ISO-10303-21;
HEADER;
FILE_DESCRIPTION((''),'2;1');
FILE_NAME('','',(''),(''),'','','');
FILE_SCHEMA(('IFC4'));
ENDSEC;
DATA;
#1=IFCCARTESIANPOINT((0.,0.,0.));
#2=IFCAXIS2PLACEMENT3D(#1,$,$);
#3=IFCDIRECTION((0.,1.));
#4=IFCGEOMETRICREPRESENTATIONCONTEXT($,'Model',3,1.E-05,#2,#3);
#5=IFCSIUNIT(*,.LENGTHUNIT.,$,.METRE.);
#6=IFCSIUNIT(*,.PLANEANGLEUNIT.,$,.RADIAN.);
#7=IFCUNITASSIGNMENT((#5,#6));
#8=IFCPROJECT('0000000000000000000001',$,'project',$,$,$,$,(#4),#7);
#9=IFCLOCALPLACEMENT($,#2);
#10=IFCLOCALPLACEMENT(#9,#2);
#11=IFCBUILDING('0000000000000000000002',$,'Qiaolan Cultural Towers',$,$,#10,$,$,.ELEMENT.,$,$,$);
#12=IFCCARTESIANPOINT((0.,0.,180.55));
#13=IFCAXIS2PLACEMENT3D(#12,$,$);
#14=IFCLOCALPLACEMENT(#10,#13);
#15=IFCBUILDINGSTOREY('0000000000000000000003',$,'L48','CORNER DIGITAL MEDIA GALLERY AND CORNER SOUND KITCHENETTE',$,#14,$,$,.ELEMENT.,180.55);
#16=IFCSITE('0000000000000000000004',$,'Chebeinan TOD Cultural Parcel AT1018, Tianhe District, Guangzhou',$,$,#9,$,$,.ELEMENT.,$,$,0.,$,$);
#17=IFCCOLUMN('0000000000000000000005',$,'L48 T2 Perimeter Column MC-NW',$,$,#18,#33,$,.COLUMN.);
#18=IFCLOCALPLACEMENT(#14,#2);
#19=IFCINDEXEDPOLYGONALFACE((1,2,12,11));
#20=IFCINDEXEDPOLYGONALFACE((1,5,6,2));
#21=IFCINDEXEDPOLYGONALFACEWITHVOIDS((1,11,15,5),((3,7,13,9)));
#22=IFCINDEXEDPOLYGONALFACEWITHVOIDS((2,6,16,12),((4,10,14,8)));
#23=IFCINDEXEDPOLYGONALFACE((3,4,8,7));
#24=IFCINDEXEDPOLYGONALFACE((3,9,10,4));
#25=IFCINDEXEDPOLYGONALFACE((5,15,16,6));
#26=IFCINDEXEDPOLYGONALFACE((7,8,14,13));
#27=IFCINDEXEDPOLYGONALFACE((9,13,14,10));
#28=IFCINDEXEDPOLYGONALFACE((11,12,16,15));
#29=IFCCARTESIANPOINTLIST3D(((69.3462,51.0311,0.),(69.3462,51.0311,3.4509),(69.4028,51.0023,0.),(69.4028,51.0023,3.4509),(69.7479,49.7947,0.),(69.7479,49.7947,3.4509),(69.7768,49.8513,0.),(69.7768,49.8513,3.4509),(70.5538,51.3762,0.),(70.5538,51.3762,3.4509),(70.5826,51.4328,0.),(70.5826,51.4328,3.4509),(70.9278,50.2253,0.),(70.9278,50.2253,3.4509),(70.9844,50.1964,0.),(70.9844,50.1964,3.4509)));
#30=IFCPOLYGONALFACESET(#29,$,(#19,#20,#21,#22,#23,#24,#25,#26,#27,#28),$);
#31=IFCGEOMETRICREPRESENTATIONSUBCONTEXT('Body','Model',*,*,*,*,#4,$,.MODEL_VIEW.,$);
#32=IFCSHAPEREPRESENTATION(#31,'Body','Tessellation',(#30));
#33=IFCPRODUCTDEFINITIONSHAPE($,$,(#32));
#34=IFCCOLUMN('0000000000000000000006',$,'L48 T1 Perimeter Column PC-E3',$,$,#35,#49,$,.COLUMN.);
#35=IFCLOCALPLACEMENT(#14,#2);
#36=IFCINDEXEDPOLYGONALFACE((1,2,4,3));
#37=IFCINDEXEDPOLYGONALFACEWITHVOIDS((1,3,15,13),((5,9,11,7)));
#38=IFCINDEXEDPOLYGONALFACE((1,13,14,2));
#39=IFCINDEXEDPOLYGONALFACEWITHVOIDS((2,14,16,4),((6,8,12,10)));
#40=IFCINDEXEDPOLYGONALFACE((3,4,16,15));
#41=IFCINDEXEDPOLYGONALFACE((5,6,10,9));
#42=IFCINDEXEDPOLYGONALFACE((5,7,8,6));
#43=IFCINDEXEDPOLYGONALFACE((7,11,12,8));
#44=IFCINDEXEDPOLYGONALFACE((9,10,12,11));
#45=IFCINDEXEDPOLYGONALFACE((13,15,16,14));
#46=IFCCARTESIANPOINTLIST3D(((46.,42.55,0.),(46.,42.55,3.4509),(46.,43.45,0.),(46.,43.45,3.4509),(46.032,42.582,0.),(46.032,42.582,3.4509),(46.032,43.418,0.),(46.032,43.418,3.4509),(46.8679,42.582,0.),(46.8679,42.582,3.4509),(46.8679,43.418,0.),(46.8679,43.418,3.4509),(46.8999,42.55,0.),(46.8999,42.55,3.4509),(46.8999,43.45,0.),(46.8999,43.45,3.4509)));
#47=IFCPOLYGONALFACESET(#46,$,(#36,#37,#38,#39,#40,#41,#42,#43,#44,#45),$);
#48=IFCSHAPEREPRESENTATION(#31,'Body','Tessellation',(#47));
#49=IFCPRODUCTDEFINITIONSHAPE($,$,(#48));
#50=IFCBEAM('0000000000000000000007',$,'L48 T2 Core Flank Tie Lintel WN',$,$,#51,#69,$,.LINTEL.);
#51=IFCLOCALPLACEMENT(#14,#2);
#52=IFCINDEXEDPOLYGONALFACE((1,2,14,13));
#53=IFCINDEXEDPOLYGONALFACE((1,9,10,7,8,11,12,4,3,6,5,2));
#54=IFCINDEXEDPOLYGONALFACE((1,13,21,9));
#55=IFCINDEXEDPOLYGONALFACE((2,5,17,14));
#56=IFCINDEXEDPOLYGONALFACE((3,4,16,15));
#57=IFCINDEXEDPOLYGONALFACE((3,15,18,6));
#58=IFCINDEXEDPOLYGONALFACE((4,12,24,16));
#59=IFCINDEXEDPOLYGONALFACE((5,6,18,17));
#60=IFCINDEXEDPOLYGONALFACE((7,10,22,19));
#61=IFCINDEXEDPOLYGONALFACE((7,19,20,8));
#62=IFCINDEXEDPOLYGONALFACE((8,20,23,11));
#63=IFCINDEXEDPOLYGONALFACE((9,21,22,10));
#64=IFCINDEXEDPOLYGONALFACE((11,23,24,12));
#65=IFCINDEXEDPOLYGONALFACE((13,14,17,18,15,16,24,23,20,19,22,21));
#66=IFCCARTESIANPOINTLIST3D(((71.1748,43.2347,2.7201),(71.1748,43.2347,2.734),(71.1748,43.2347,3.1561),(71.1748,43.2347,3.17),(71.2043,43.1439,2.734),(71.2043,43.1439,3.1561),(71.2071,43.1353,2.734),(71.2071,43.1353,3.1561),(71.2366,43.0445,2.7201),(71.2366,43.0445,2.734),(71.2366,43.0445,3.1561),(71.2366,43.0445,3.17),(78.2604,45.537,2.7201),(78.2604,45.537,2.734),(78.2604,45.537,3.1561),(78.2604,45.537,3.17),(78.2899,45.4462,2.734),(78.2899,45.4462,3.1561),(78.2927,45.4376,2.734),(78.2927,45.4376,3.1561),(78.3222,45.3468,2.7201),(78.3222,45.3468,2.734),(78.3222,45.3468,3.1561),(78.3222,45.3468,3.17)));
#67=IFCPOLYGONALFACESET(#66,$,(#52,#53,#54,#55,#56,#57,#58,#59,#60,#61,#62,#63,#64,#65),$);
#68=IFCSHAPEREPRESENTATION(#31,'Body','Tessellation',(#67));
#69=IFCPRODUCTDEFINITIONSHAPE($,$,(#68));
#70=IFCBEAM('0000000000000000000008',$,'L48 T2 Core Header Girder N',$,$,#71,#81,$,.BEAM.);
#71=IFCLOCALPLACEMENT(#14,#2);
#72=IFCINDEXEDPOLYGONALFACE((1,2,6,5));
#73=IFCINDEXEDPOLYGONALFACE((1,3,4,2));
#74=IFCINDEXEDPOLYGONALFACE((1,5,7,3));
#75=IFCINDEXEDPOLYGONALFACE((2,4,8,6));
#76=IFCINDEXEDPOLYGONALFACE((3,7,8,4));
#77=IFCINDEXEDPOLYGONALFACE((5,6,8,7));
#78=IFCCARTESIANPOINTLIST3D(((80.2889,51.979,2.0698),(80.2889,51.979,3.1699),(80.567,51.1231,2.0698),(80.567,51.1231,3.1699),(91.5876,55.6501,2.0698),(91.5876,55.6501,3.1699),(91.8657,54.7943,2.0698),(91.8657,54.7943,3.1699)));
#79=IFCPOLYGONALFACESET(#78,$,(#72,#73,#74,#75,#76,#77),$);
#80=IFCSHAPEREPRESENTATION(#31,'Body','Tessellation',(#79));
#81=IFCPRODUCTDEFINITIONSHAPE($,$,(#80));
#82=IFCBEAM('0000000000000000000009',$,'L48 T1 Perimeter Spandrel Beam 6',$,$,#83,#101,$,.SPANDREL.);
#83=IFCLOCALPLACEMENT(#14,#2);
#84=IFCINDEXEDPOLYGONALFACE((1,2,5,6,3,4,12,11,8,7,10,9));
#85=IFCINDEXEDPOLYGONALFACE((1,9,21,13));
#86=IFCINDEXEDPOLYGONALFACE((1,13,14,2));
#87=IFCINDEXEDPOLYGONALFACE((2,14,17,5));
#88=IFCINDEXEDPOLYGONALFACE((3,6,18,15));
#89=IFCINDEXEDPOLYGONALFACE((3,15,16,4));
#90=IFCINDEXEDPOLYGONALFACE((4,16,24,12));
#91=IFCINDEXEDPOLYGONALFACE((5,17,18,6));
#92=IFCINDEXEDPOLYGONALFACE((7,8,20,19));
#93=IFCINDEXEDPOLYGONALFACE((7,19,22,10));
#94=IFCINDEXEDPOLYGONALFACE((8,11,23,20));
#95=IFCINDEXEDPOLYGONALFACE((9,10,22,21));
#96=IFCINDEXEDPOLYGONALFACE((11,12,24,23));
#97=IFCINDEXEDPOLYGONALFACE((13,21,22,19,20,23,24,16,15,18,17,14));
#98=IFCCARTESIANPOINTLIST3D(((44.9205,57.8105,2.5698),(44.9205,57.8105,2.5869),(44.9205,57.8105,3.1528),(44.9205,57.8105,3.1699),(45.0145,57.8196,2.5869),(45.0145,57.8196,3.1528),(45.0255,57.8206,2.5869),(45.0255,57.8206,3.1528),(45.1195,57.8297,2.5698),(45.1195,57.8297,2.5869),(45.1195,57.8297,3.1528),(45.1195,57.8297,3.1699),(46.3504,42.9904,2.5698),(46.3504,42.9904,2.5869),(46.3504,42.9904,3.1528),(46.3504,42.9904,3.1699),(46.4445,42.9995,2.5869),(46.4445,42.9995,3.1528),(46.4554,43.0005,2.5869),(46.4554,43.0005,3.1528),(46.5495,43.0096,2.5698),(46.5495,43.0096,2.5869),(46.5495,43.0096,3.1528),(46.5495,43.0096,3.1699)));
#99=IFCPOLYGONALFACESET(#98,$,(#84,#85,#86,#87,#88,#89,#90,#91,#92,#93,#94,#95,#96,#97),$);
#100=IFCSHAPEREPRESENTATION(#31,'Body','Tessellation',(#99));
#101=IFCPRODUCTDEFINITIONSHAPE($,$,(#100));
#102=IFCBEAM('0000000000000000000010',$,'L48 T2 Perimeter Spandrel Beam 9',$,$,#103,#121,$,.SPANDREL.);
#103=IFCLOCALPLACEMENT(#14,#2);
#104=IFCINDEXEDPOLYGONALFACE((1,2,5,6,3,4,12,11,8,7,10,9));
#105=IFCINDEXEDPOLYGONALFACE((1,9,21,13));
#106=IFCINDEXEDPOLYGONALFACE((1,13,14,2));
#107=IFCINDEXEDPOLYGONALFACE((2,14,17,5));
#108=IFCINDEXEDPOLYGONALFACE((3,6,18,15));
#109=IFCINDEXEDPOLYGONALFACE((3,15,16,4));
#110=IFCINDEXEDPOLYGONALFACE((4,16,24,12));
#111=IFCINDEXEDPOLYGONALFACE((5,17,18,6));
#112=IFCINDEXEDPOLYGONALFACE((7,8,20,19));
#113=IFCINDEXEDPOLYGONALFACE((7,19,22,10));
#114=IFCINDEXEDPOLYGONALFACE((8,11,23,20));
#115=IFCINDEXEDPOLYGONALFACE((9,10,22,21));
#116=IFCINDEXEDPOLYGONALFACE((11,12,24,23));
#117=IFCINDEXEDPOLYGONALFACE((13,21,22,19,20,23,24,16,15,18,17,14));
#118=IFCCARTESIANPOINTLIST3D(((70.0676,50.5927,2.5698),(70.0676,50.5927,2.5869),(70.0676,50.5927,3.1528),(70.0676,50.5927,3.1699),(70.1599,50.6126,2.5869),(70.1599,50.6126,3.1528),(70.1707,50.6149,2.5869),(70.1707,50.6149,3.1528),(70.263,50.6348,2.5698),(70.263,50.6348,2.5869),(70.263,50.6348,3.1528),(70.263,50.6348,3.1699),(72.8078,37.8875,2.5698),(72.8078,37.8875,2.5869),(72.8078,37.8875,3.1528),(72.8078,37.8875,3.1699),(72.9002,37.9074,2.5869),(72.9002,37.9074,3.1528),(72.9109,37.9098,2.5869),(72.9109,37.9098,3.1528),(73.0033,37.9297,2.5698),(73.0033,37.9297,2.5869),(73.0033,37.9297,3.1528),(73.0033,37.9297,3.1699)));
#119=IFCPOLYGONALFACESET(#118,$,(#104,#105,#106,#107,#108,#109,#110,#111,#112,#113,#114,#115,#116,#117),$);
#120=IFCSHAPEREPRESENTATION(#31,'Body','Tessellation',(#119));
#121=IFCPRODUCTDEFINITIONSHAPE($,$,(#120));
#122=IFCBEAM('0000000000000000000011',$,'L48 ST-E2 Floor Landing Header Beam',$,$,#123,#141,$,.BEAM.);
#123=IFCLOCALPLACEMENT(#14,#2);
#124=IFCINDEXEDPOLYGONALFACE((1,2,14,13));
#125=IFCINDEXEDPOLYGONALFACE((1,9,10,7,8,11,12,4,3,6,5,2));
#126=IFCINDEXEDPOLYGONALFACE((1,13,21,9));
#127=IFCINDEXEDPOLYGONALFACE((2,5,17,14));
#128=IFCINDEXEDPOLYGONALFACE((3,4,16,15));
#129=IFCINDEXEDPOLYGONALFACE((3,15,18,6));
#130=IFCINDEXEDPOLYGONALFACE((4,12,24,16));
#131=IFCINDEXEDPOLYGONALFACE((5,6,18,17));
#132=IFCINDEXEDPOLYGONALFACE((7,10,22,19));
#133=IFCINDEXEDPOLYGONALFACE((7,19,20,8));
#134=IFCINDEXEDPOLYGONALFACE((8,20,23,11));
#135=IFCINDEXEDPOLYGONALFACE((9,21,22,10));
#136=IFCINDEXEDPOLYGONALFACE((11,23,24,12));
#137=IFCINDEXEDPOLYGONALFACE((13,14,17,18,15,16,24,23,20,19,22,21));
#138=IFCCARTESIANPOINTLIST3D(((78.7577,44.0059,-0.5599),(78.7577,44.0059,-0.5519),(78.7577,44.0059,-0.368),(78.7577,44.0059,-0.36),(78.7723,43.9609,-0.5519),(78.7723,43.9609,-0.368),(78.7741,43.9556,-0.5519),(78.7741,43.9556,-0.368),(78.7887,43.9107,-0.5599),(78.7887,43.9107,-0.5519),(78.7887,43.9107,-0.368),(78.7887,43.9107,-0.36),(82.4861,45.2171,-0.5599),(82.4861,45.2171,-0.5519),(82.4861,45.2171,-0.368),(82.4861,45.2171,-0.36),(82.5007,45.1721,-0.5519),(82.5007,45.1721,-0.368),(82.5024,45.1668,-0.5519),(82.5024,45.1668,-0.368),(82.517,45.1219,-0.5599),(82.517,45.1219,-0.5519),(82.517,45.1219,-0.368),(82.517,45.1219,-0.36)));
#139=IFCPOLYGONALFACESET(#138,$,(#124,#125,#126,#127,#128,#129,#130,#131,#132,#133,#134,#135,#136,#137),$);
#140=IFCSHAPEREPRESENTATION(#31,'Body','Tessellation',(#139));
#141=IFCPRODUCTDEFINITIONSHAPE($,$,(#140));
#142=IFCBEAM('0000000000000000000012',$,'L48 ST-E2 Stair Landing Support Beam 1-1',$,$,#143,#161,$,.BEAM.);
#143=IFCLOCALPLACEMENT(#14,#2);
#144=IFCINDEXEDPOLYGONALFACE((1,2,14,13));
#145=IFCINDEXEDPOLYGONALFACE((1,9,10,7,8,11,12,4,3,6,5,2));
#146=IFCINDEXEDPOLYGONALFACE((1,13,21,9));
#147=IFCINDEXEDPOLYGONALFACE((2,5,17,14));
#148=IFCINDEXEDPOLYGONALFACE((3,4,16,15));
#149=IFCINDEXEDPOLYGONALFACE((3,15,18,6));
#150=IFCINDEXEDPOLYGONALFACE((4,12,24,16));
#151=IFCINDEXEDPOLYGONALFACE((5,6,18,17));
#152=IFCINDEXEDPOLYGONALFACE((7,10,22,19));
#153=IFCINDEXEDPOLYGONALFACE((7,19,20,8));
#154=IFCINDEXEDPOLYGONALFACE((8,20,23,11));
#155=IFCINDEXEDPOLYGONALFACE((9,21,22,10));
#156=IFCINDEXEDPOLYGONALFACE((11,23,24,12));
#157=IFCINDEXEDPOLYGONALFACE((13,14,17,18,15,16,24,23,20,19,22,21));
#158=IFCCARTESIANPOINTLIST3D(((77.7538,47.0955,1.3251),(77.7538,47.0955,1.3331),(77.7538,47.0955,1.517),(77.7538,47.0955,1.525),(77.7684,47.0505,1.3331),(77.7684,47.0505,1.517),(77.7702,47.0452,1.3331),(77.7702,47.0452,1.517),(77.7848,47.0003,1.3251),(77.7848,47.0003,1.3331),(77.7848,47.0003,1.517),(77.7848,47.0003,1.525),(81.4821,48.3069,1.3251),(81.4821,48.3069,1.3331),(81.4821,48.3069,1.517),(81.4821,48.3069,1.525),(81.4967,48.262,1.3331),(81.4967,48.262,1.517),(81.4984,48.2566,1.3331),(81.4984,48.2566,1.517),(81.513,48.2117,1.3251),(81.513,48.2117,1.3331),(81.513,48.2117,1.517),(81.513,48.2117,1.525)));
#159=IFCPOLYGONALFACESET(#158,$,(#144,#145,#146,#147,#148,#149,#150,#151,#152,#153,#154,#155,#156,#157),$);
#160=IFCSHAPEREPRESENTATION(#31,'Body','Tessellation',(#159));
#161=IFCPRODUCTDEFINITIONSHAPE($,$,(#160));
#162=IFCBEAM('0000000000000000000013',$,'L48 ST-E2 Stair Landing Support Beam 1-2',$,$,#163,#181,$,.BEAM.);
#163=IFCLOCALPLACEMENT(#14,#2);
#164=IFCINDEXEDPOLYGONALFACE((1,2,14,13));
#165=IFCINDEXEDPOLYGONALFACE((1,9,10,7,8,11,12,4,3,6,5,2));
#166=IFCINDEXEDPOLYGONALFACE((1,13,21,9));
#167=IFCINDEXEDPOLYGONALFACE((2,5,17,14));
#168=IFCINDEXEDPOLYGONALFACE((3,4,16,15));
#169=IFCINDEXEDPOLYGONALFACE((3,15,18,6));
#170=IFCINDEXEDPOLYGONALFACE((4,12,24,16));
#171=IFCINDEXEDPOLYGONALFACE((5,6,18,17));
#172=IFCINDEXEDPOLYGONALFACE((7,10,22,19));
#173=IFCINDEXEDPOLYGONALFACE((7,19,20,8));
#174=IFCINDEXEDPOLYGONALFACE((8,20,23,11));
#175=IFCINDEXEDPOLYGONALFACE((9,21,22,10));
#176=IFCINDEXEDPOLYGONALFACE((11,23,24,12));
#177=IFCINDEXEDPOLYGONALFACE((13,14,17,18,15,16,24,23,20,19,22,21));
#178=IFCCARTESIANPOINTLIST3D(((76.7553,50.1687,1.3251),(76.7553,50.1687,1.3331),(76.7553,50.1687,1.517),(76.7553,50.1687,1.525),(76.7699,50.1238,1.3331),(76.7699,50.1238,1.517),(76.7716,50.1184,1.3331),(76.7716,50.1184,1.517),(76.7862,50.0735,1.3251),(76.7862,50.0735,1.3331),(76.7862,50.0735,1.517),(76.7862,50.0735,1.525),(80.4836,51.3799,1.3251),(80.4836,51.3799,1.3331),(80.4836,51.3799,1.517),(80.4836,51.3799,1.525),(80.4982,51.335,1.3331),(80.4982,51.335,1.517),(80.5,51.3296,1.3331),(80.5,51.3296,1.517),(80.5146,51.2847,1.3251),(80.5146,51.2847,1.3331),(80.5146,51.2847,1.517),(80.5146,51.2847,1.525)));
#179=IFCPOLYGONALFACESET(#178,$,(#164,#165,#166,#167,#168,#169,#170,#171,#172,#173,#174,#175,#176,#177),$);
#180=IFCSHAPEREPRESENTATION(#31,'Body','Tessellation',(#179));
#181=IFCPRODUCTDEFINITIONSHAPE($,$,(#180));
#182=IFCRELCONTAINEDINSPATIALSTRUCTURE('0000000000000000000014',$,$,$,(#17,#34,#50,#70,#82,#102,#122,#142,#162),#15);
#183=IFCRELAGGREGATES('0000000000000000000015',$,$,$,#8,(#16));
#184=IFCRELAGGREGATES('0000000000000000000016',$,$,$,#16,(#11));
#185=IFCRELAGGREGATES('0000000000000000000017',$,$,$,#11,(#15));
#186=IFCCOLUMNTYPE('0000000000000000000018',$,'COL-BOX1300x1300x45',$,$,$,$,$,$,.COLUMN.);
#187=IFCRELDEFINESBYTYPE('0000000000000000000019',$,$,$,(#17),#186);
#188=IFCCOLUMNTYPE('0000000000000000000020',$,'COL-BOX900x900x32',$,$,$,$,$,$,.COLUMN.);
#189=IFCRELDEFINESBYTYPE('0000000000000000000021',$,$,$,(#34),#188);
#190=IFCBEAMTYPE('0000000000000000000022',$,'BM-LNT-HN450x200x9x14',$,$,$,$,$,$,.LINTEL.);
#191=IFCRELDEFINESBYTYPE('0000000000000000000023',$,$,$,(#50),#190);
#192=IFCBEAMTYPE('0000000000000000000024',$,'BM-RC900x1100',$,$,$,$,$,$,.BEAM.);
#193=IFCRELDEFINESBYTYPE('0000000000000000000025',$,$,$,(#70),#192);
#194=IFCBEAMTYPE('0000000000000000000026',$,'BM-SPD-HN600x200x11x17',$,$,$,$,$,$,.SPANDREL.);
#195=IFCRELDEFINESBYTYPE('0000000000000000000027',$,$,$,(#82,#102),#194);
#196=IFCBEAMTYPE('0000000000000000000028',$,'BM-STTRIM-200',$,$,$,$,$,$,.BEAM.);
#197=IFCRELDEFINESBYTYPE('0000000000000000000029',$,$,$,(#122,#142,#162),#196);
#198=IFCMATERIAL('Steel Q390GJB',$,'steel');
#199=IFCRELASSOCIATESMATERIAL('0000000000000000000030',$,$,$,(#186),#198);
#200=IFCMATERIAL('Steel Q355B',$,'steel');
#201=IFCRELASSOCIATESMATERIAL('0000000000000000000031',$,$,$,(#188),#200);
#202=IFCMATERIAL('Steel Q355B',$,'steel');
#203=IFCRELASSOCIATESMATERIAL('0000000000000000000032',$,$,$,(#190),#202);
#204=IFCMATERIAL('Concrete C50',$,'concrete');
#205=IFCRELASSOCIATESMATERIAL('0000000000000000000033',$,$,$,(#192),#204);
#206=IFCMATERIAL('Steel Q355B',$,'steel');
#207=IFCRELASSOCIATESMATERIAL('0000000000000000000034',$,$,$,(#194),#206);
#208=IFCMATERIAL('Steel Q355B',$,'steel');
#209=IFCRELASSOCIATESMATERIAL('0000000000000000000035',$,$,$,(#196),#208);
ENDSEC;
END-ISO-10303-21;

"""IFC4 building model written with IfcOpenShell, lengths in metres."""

from ifc_helpers import new_model, si_unit, direction, frame, origin, origin_2d, place, context, subcontext, project, spatial, rectangle, hollow_rectangle, i_section, extrude, material, material_profile, profile_set, type_object, element, save


model = new_model("IFC4")

# Units and contexts
model_context = context("Model", 3, precision=1e-05, world=origin(), true_north=direction((0.0, 1.0)))
body_context = subcontext(model_context, "Body", "Model", "MODEL_VIEW")
ifc_project = project(units=[si_unit("LENGTHUNIT", "METRE"), si_unit("PLANEANGLEUNIT", "RADIAN")], contexts=[model_context])

# Site, building, storey
site_placement = place(None, origin())
site = spatial("IfcSite", under=ifc_project, at=site_placement, Name="Chebeinan TOD Cultural Parcel AT1018, Tianhe District, Guangzhou", CompositionType="ELEMENT", RefElevation=0.0)
building_placement = place(site_placement, origin())
building = spatial("IfcBuilding", under=site, at=building_placement, Name="Qiaolan Cultural Towers", CompositionType="ELEMENT")
storey_placement = place(building_placement, frame((0.0, 0.0, 180.55)))
storey = spatial("IfcBuildingStorey", under=building, at=storey_placement, Name="L48", Description="CORNER DIGITAL MEDIA GALLERY AND CORNER SOUND KITCHENETTE", CompositionType="ELEMENT", Elevation=180.55)

# Columns
ifc_material_1 = material(Name="Steel Q390GJB", Category="steel")
ifc_material_profile_1 = material_profile(ifc_material_1, hollow_rectangle(XDim=1.3, YDim=1.3, WallThickness=0.0449, at=origin_2d()), Name="BOX1300x1300x45")
ifc_profile_set_1 = profile_set([ifc_material_profile_1], Name="Steel Q390GJB")
column_type_1 = type_object("IfcColumnType", Name="COL-BOX1300x1300x45", PredefinedType="COLUMN", material=ifc_profile_set_1)
column_1_placement = place(storey_placement, frame((70.1653, 50.6138, 0.0), z_axis=(0.0, 0.0, 1.0), x_axis=(0.951057, 0.309017, 0.0)))
element("IfcColumn", 1, at=column_1_placement, inside=storey, type_object=column_type_1, Name="L48 T2 Perimeter Column MC-NW", PredefinedType="COLUMN", context=body_context, shape_type="SweptSolid", body=[
    extrude(hollow_rectangle(XDim=1.3, YDim=1.3, WallThickness=0.0449, at=origin_2d()), origin(), (0.0, 0.0, 1.0), 3.4509),
])
ifc_material_2 = material(Name="Steel Q355B", Category="steel")
ifc_material_profile_2 = material_profile(ifc_material_2, hollow_rectangle(XDim=0.8999, YDim=0.8999, WallThickness=0.032, at=origin_2d()), Name="BOX900x900x32")
ifc_profile_set_2 = profile_set([ifc_material_profile_2], Name="Steel Q355B")
column_type_2 = type_object("IfcColumnType", Name="COL-BOX900x900x32", PredefinedType="COLUMN", material=ifc_profile_set_2)
column_2_placement = place(storey_placement, frame((46.45, 43.0, 0.0), z_axis=(0.0, 0.0, 1.0), x_axis=(1.0, 0.0, 0.0)))
element("IfcColumn", 2, at=column_2_placement, inside=storey, type_object=column_type_2, Name="L48 T1 Perimeter Column PC-E3", PredefinedType="COLUMN", context=body_context, shape_type="SweptSolid", body=[
    extrude(hollow_rectangle(XDim=0.8999, YDim=0.8999, WallThickness=0.032, at=origin_2d()), origin(), (0.0, 0.0, 1.0), 3.4509),
])

# Beams
ifc_material_3 = material(Name="Steel Q355B", Category="steel")
ifc_material_profile_3 = material_profile(ifc_material_3, i_section(OverallWidth=0.2, OverallDepth=0.45, WebThickness=0.009, FlangeThickness=0.0139, at=origin_2d()), Name="HN450x200x9x14")
ifc_profile_set_3 = profile_set([ifc_material_profile_3], Name="Steel Q355B")
beam_type_1 = type_object("IfcBeamType", Name="BM-LNT-HN450x200x9x14", PredefinedType="LINTEL", material=ifc_profile_set_3)
beam_1_placement = place(storey_placement, frame((78.2913, 45.4419, 2.9451), z_axis=(-0.951055, -0.309022, 0.0), x_axis=(0.309022, -0.951055, 0.0)))
element("IfcBeam", 3, at=beam_1_placement, inside=storey, type_object=beam_type_1, Name="L48 T2 Core Flank Tie Lintel WN", PredefinedType="LINTEL", context=body_context, shape_type="SweptSolid", body=[
    extrude(i_section(OverallWidth=0.2, OverallDepth=0.45, WebThickness=0.009, FlangeThickness=0.0139, at=origin_2d()), origin(), (0.0, 0.0, 1.0), 7.4502),
])
ifc_material_4 = material(Name="Concrete C50", Category="concrete")
ifc_material_profile_4 = material_profile(ifc_material_4, rectangle(XDim=0.8999, YDim=1.1001, at=origin_2d()), Name="RC900x1100")
ifc_profile_set_4 = profile_set([ifc_material_profile_4], Name="Concrete C50")
beam_type_2 = type_object("IfcBeamType", Name="BM-RC900x1100", PredefinedType="BEAM", material=ifc_profile_set_4)
beam_2_placement = place(storey_placement, frame((80.428, 51.551, 2.6199), z_axis=(0.951056, 0.309018, 0.0), x_axis=(-0.309018, 0.951056, 0.0)))
element("IfcBeam", 4, at=beam_2_placement, inside=storey, type_object=beam_type_2, Name="L48 T2 Core Header Girder N", PredefinedType="BEAM", context=body_context, shape_type="SweptSolid", body=[
    extrude(rectangle(XDim=0.8999, YDim=1.1001, at=origin_2d()), origin(), (0.0, 0.0, 1.0), 11.8801),
])
ifc_material_5 = material(Name="Steel Q355B", Category="steel")
ifc_material_profile_5 = material_profile(ifc_material_5, i_section(OverallWidth=0.2, OverallDepth=0.6001, WebThickness=0.011, FlangeThickness=0.0171, at=origin_2d()), Name="HN600x200x11x17")
ifc_profile_set_5 = profile_set([ifc_material_profile_5], Name="Steel Q355B")
beam_type_3 = type_object("IfcBeamType", Name="BM-SPD-HN600x200x11x17", PredefinedType="SPANDREL", material=ifc_profile_set_5)
beam_3_placement = place(storey_placement, frame((46.45, 43.0, 2.8699), z_axis=(-0.09604, 0.995377, 0.0), x_axis=(-0.995377, -0.09604, 0.0)))
element("IfcBeam", 5, at=beam_3_placement, inside=storey, type_object=beam_type_3, Name="L48 T1 Perimeter Spandrel Beam 6", PredefinedType="SPANDREL", context=body_context, shape_type="SweptSolid", body=[
    extrude(i_section(OverallWidth=0.2, OverallDepth=0.6001, WebThickness=0.011, FlangeThickness=0.0171, at=origin_2d()), origin(), (0.0, 0.0, 1.0), 14.8889),
])
beam_4_placement = place(storey_placement, frame((70.1653, 50.6138, 2.8699), z_axis=(0.210832, -0.977522, 0.0), x_axis=(0.977522, 0.210832, 0.0)))
element("IfcBeam", 6, at=beam_4_placement, inside=storey, type_object=beam_type_3, Name="L48 T2 Perimeter Spandrel Beam 9", PredefinedType="SPANDREL", context=body_context, shape_type="SweptSolid", body=[
    extrude(i_section(OverallWidth=0.2, OverallDepth=0.6001, WebThickness=0.011, FlangeThickness=0.0171, at=origin_2d()), origin(), (0.0, 0.0, 1.0), 12.9973),
])
ifc_material_6 = material(Name="Steel Q355B", Category="steel")
ifc_material_profile_6 = material_profile(ifc_material_6, i_section(OverallWidth=0.1001, OverallDepth=0.2, WebThickness=0.0056, FlangeThickness=0.0081, at=origin_2d()), Name="HN200x100x5.5x8")
ifc_profile_set_6 = profile_set([ifc_material_profile_6], Name="Steel Q355B")
beam_type_4 = type_object("IfcBeamType", Name="BM-STTRIM-200", PredefinedType="BEAM", material=ifc_profile_set_6)
for number, where, z_axis, x_axis, name in (
    (7, (78.7732, 43.9583, -0.46), (0.951072, 0.308969, 0.0), (-0.308969, 0.951072, 0.0), "L48 ST-E2 Floor Landing Header Beam"),
    (8, (77.7693, 47.0479, 1.425), (0.951054, 0.309026, 0.0), (-0.309026, 0.951054, 0.0), "L48 ST-E2 Stair Landing Support Beam 1-1"),
    (9, (76.7708, 50.1211, 1.425), (0.951072, 0.308969, 0.0), (-0.308969, 0.951072, 0.0), "L48 ST-E2 Stair Landing Support Beam 1-2"),
):
    element("IfcBeam", number, at=place(storey_placement, frame(where, z_axis=z_axis, x_axis=x_axis)), inside=storey, type_object=beam_type_4, Name=name, PredefinedType="BEAM", context=body_context, shape_type="SweptSolid", body=[
        extrude(i_section(OverallWidth=0.1001, OverallDepth=0.2, WebThickness=0.0056, FlangeThickness=0.0081, at=origin_2d()), origin(), (0.0, 0.0, 1.0), 3.9202),
    ])

save(model, "model.ifc")
